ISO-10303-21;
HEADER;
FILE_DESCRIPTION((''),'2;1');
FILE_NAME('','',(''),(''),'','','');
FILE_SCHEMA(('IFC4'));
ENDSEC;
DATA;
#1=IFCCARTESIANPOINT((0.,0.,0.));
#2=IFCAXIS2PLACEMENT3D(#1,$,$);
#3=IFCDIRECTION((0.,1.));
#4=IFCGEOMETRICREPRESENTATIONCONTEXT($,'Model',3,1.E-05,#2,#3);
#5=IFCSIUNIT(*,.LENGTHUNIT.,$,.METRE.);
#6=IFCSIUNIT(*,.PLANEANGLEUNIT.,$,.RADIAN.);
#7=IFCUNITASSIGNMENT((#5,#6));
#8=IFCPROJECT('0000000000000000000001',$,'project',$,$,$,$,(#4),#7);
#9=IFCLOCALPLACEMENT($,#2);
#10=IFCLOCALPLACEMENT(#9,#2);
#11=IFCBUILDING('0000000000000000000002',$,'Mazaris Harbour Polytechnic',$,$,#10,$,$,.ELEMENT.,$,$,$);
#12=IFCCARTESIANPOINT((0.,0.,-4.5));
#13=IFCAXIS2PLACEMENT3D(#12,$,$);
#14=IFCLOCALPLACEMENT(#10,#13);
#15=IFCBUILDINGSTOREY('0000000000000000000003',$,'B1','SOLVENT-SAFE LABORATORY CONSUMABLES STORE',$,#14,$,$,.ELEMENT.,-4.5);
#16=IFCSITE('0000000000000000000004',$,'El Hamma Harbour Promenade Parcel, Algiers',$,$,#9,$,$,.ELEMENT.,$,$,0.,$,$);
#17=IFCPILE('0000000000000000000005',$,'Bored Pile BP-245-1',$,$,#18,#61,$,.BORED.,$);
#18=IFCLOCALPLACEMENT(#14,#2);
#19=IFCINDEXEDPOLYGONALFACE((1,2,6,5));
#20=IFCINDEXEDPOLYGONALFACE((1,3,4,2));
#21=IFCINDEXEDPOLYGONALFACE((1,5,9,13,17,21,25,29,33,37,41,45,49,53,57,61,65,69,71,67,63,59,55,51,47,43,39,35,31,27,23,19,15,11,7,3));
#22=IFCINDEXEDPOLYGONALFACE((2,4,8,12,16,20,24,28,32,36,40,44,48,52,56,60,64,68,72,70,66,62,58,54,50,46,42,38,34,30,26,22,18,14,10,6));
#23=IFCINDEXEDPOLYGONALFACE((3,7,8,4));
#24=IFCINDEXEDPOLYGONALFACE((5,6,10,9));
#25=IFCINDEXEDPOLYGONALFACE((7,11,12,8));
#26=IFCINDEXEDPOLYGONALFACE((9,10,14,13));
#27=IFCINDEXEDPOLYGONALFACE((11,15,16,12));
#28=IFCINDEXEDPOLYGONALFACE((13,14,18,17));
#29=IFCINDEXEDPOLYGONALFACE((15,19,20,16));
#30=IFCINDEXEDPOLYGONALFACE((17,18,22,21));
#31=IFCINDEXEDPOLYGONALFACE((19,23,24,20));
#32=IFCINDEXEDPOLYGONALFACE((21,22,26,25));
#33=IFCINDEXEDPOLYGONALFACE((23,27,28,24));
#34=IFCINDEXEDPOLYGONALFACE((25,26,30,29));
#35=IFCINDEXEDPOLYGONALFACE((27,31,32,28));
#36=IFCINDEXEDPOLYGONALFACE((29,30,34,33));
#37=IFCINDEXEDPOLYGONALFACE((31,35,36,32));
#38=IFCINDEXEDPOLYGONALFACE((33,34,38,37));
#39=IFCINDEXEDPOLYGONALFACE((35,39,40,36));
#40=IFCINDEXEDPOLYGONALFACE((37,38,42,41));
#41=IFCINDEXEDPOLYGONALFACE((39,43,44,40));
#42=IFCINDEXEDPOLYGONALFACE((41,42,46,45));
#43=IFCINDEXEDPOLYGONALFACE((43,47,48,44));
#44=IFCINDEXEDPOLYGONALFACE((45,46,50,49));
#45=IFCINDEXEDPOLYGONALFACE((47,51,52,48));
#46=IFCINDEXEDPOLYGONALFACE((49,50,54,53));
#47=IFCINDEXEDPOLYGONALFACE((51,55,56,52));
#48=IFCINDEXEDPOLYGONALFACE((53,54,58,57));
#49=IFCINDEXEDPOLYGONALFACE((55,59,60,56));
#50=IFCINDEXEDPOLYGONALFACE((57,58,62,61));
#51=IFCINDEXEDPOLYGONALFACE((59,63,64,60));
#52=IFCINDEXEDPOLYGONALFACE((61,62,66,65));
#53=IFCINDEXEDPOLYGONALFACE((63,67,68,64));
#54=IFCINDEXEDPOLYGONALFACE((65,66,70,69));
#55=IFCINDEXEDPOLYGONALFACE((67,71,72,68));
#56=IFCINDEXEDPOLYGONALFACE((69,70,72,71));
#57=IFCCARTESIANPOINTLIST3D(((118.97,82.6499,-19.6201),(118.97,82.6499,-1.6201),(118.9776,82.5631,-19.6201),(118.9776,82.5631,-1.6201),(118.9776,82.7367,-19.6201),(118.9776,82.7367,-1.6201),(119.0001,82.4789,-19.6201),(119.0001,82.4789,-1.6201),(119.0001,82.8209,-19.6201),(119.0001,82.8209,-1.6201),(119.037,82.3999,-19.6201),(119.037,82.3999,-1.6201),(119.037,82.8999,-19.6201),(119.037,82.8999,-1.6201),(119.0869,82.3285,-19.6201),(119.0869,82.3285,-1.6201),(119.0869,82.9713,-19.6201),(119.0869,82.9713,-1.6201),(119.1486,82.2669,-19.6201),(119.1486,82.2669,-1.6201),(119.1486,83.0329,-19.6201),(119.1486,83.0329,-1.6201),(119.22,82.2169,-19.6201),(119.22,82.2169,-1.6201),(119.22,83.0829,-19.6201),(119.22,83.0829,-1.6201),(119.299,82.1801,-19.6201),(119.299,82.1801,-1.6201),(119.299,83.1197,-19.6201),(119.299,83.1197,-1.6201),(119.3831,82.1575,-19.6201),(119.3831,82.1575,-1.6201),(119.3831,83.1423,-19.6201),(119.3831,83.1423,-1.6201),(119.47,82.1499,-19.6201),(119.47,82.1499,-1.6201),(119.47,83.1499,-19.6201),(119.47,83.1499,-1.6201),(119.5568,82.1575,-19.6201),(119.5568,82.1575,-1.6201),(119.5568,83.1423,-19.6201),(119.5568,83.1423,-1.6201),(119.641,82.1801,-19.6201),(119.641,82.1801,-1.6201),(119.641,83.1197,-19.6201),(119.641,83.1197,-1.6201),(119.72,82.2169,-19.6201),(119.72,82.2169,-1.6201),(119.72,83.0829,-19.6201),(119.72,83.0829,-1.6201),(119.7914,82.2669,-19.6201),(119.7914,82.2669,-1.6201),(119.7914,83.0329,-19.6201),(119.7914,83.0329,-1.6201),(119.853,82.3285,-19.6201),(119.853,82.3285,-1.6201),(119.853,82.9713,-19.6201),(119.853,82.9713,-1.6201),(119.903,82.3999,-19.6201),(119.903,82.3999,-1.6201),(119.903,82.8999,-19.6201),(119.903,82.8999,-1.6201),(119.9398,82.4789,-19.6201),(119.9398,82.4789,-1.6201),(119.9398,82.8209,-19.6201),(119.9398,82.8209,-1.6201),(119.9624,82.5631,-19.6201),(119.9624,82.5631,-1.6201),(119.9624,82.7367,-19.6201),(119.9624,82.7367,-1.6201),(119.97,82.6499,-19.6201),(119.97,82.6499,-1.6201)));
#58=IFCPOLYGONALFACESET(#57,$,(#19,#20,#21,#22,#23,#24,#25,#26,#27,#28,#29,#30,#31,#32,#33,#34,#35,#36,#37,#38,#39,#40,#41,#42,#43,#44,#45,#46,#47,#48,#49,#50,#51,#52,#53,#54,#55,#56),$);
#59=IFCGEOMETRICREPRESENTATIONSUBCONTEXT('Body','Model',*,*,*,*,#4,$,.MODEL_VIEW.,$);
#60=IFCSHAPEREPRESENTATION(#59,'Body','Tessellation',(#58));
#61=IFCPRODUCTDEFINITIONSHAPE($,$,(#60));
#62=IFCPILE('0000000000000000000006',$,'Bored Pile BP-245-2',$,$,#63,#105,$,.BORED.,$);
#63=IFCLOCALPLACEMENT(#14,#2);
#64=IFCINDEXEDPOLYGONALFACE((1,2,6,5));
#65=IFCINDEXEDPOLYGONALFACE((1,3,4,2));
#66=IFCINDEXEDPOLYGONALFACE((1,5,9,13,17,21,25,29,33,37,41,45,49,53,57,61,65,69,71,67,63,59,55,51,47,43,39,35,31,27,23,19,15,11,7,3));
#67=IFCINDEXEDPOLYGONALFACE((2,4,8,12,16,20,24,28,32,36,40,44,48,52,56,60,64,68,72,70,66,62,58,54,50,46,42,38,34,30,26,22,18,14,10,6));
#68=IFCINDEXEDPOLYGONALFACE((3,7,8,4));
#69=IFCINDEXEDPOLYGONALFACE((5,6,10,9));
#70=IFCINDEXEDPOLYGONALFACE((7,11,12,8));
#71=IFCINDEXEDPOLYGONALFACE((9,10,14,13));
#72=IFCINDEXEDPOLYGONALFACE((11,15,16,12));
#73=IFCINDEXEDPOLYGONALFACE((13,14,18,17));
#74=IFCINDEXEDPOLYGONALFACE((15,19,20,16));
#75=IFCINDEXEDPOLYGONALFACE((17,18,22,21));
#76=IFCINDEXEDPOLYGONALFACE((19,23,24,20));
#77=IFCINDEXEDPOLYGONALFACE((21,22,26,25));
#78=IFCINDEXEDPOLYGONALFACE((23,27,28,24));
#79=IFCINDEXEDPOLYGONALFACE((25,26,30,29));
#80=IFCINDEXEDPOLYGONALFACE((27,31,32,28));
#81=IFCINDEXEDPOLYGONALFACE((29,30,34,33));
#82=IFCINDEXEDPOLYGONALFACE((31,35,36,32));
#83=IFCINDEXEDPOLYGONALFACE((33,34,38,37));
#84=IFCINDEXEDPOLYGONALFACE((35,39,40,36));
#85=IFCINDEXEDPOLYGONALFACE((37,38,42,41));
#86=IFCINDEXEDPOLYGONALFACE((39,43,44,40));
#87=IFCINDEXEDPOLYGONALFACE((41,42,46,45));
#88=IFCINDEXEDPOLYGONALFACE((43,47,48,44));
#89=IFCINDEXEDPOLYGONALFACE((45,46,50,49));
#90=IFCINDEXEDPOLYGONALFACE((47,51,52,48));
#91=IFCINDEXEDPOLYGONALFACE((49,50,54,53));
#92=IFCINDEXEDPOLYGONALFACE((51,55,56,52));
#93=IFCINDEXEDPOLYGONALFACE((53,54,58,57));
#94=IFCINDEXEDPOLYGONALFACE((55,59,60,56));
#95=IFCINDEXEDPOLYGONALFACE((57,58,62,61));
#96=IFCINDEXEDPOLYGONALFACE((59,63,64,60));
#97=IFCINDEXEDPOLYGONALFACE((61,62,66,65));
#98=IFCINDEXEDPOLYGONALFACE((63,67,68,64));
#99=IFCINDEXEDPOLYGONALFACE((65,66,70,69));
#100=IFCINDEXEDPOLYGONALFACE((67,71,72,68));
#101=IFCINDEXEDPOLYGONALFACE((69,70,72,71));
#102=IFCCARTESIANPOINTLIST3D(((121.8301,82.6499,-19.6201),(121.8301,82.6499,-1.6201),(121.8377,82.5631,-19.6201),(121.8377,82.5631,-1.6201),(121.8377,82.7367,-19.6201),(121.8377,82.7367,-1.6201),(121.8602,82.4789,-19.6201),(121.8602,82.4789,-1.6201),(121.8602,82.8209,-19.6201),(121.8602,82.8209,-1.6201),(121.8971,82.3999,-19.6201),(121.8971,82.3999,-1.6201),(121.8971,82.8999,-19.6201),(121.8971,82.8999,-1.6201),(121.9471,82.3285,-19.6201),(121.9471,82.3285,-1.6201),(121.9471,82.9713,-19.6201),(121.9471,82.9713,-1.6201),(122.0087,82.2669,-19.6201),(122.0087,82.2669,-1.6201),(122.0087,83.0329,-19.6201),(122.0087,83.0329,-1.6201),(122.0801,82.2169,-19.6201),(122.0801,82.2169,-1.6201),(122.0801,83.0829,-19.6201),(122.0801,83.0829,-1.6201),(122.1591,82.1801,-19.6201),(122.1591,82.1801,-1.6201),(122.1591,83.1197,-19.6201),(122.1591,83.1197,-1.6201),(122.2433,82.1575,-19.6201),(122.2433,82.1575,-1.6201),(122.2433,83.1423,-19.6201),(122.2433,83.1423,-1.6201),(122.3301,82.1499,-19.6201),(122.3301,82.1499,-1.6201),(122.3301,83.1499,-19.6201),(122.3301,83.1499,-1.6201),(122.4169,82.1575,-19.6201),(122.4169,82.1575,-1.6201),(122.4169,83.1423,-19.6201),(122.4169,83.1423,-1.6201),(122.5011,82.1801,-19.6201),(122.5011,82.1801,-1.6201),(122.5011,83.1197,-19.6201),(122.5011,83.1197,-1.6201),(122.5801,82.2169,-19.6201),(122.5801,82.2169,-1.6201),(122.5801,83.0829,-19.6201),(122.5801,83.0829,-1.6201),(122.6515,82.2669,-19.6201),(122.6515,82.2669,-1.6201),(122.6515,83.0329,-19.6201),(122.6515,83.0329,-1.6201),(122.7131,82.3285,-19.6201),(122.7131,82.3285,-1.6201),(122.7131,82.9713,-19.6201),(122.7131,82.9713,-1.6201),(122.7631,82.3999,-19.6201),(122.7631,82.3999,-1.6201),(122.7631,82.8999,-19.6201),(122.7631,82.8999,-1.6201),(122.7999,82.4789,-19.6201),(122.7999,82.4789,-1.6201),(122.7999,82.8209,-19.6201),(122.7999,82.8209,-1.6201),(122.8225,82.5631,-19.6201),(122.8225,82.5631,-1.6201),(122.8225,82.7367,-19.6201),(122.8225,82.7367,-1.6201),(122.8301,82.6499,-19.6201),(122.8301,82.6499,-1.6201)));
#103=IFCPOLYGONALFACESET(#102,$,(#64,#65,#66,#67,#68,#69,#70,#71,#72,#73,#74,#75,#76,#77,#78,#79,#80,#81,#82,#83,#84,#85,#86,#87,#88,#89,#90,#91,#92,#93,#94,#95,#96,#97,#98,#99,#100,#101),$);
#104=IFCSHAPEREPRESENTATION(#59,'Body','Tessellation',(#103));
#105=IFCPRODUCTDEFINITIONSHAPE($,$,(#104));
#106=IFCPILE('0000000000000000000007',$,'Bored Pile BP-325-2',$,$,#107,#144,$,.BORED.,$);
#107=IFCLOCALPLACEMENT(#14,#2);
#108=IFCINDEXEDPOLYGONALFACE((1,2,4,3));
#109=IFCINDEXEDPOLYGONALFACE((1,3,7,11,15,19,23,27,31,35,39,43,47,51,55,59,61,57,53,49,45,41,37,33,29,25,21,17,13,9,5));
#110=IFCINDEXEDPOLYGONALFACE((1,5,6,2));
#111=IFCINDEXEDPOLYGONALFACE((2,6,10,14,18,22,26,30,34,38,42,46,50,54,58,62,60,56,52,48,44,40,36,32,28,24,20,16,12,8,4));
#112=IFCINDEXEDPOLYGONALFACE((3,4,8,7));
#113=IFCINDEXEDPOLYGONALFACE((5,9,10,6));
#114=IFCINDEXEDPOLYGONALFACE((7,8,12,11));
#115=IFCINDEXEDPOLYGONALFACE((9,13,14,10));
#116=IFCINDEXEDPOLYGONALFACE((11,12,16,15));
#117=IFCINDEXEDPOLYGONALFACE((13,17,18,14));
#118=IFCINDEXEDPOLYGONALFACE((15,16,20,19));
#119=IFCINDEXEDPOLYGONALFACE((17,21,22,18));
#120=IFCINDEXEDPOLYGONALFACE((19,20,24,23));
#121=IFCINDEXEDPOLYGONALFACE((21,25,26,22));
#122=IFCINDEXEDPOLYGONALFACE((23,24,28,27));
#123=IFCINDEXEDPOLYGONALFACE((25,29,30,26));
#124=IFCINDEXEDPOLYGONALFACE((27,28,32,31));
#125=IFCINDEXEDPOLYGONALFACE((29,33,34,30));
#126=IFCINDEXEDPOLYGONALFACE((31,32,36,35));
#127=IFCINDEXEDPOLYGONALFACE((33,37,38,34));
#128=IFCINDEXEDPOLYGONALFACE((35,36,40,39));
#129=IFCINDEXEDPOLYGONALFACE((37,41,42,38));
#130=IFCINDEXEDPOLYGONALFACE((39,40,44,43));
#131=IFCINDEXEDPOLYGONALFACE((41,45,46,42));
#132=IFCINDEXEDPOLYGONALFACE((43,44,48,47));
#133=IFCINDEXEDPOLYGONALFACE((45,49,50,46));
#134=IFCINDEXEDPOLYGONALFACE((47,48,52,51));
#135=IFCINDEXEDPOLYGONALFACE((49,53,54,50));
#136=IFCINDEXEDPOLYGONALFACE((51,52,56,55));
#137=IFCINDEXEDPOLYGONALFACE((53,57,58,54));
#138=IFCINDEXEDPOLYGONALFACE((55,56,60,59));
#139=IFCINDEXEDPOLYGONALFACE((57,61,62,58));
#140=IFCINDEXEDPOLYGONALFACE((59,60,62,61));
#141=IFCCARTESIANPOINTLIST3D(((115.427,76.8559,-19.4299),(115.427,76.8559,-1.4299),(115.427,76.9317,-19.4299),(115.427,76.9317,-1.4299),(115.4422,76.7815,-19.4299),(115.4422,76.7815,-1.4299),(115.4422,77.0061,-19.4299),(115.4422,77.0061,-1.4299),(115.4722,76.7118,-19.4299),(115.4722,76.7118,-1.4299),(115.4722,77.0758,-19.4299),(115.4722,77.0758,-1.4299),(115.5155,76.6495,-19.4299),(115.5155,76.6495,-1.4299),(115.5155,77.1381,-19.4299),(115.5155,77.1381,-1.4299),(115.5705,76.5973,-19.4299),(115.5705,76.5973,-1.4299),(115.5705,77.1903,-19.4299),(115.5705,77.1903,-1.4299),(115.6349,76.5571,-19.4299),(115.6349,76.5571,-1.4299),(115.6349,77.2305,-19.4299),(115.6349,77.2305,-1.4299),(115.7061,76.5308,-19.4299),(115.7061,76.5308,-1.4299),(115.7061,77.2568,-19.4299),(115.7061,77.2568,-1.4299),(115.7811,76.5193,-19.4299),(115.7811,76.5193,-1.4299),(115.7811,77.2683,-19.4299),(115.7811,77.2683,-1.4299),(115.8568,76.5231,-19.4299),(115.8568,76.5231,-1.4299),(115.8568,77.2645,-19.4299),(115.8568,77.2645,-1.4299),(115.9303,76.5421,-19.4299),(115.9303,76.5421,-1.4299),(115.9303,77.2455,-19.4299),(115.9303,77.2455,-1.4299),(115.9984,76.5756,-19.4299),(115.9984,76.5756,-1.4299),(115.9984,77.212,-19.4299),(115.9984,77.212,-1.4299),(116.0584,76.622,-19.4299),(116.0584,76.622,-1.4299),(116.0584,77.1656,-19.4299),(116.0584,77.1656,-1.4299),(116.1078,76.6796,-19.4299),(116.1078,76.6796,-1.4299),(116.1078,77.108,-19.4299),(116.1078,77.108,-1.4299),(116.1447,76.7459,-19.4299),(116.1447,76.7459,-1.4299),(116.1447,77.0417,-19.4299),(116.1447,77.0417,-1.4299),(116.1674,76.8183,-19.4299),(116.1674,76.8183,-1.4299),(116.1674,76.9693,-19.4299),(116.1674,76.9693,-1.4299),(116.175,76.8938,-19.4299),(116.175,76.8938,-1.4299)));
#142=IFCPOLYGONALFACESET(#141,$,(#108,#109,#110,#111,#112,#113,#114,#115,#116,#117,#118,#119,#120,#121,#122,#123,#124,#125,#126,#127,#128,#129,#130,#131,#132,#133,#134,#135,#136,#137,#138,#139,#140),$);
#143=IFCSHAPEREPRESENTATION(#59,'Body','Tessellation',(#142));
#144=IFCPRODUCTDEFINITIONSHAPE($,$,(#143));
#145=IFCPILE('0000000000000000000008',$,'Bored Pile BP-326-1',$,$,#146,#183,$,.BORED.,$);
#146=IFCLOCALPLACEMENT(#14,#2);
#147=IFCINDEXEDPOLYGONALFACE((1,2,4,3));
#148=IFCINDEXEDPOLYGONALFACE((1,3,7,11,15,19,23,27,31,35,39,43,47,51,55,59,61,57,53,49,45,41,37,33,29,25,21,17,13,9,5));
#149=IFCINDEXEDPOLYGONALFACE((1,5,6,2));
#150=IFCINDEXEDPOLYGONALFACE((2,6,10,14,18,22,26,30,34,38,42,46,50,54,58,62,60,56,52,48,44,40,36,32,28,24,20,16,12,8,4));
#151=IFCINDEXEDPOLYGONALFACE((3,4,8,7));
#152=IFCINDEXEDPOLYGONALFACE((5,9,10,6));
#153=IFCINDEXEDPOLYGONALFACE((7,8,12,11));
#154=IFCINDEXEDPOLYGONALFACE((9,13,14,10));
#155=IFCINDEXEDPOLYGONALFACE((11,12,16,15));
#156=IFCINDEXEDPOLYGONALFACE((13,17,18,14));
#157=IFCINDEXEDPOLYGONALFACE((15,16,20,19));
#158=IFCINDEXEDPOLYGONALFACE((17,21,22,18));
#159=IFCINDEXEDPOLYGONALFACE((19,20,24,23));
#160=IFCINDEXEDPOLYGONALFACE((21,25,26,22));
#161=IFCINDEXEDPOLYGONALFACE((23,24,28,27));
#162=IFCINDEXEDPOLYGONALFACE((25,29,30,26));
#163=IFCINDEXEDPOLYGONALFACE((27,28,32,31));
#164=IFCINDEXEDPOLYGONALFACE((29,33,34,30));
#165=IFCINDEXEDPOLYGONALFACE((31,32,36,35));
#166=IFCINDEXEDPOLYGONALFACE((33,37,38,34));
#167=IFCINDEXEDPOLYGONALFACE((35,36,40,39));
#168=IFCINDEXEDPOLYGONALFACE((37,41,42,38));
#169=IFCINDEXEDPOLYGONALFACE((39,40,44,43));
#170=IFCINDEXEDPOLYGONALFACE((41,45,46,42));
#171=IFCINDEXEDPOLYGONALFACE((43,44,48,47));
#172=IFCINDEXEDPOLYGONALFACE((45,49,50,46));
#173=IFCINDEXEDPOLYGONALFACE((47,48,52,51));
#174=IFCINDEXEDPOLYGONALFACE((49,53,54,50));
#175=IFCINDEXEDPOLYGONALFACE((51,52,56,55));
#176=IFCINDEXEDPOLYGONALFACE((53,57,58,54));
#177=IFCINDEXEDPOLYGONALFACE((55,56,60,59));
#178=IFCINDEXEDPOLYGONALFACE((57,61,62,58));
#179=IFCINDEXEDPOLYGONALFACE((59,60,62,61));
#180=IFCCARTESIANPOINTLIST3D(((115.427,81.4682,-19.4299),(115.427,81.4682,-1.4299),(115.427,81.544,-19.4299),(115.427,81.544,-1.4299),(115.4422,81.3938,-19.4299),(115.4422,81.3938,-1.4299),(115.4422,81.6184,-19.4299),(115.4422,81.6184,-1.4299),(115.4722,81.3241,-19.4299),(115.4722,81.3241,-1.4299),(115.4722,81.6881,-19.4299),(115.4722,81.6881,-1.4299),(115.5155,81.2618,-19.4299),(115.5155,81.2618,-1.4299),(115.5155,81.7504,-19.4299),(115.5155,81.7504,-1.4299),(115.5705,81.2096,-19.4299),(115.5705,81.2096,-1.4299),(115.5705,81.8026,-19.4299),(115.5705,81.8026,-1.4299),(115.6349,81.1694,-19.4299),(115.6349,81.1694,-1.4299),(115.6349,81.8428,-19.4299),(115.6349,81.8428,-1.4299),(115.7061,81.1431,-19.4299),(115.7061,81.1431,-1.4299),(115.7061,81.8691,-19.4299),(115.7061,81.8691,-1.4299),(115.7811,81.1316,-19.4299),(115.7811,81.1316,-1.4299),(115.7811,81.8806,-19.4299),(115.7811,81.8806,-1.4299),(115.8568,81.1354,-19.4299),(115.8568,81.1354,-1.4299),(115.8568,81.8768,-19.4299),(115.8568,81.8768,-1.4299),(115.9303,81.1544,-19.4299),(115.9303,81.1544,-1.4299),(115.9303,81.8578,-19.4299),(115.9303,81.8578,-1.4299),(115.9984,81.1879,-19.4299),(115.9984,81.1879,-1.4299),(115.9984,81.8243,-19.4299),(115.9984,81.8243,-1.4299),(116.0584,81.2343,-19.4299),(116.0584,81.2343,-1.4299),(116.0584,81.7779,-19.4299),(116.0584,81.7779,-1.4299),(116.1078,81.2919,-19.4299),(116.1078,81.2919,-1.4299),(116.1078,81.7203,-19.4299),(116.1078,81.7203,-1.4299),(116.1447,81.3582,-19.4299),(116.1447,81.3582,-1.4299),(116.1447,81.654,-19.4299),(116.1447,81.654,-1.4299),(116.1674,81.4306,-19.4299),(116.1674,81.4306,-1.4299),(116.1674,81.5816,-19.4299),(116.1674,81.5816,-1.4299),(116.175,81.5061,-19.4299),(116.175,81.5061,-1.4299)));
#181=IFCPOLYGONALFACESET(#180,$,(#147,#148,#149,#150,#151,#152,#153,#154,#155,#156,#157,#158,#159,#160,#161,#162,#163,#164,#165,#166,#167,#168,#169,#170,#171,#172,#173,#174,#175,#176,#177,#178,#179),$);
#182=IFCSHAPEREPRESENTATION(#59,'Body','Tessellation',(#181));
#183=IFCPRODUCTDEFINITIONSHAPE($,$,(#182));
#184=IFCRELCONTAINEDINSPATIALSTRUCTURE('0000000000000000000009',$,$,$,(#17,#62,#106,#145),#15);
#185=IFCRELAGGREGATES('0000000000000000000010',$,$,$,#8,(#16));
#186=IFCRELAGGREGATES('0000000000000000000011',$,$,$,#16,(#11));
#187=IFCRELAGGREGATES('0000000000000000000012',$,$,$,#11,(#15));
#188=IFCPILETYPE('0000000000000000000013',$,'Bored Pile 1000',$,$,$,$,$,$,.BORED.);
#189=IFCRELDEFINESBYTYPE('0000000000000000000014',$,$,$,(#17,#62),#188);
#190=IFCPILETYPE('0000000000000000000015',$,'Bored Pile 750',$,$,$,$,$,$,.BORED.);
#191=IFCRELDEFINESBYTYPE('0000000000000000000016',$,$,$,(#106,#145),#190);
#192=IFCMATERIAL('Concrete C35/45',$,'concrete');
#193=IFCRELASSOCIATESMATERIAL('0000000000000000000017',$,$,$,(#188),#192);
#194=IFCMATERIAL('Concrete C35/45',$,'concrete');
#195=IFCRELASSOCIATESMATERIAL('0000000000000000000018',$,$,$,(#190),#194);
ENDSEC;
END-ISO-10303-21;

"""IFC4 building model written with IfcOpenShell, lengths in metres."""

from ifc_helpers import new_model, si_unit, direction, frame, origin, origin_2d, place, context, subcontext, project, spatial, circle, extrude, material, material_profile, profile_set, type_object, element, save


model = new_model("IFC4")

# Units and contexts
model_context = context("Model", 3, precision=1e-05, world=origin(), true_north=direction((0.0, 1.0)))
body_context = subcontext(model_context, "Body", "Model", "MODEL_VIEW")
ifc_project = project(units=[si_unit("LENGTHUNIT", "METRE"), si_unit("PLANEANGLEUNIT", "RADIAN")], contexts=[model_context])

# Site, building, storey
site_placement = place(None, origin())
site = spatial("IfcSite", under=ifc_project, at=site_placement, Name="El Hamma Harbour Promenade Parcel, Algiers", CompositionType="ELEMENT", RefElevation=0.0)
building_placement = place(site_placement, origin())
building = spatial("IfcBuilding", under=site, at=building_placement, Name="Mazaris Harbour Polytechnic", CompositionType="ELEMENT")
storey_placement = place(building_placement, frame((0.0, 0.0, -4.5)))
storey = spatial("IfcBuildingStorey", under=building, at=storey_placement, Name="B1", Description="SOLVENT-SAFE LABORATORY CONSUMABLES STORE", CompositionType="ELEMENT", Elevation=-4.5)

# Piles
ifc_material_1 = material(Name="Concrete C35/45", Category="concrete")
ifc_material_profile_1 = material_profile(ifc_material_1, circle(Radius=0.5, at=origin_2d()), Name="DIA1000")
ifc_profile_set_1 = profile_set([ifc_material_profile_1], Name="Concrete C35/45")
pile_type_1 = type_object("IfcPileType", Name="Bored Pile 1000", PredefinedType="BORED", material=ifc_profile_set_1)
for number, where, z_axis, x_axis, name in (
    (1, (119.47, 82.6499, -1.6201), (0.0, 0.0, -1.0), (1.0, 0.0, 0.0), "Bored Pile BP-245-1"),
    (2, (122.3301, 82.6499, -1.6201), (0.0, 0.0, -1.0), (1.0, 0.0, 0.0), "Bored Pile BP-245-2"),
):
    element("IfcPile", number, at=place(storey_placement, frame(where, z_axis=z_axis, x_axis=x_axis)), inside=storey, type_object=pile_type_1, Name=name, PredefinedType="BORED", context=body_context, shape_type="SweptSolid", body=[
        extrude(circle(Radius=0.5, at=origin_2d()), origin(), (0.0, 0.0, 1.0), 18.0),
    ])
ifc_material_2 = material(Name="Concrete C35/45", Category="concrete")
ifc_material_profile_2 = material_profile(ifc_material_2, circle(Radius=0.375, at=origin_2d()), Name="DIA750")
ifc_profile_set_2 = profile_set([ifc_material_profile_2], Name="Concrete C35/45")
pile_type_2 = type_object("IfcPileType", Name="Bored Pile 750", PredefinedType="BORED", material=ifc_profile_set_2)
for number, where, z_axis, x_axis, name in (
    (3, (115.8, 76.8938, -1.4299), (0.0, 0.0, -1.0), (1.0, 0.0, 0.0), "Bored Pile BP-325-2"),
    (4, (115.8, 81.5061, -1.4299), (0.0, 0.0, -1.0), (1.0, 0.0, 0.0), "Bored Pile BP-326-1"),
):
    element("IfcPile", number, at=place(storey_placement, frame(where, z_axis=z_axis, x_axis=x_axis)), inside=storey, type_object=pile_type_2, Name=name, PredefinedType="BORED", context=body_context, shape_type="SweptSolid", body=[
        extrude(circle(Radius=0.375, at=origin_2d()), origin(), (0.0, 0.0, 1.0), 18.0),
    ])

save(model, "model.ifc")
